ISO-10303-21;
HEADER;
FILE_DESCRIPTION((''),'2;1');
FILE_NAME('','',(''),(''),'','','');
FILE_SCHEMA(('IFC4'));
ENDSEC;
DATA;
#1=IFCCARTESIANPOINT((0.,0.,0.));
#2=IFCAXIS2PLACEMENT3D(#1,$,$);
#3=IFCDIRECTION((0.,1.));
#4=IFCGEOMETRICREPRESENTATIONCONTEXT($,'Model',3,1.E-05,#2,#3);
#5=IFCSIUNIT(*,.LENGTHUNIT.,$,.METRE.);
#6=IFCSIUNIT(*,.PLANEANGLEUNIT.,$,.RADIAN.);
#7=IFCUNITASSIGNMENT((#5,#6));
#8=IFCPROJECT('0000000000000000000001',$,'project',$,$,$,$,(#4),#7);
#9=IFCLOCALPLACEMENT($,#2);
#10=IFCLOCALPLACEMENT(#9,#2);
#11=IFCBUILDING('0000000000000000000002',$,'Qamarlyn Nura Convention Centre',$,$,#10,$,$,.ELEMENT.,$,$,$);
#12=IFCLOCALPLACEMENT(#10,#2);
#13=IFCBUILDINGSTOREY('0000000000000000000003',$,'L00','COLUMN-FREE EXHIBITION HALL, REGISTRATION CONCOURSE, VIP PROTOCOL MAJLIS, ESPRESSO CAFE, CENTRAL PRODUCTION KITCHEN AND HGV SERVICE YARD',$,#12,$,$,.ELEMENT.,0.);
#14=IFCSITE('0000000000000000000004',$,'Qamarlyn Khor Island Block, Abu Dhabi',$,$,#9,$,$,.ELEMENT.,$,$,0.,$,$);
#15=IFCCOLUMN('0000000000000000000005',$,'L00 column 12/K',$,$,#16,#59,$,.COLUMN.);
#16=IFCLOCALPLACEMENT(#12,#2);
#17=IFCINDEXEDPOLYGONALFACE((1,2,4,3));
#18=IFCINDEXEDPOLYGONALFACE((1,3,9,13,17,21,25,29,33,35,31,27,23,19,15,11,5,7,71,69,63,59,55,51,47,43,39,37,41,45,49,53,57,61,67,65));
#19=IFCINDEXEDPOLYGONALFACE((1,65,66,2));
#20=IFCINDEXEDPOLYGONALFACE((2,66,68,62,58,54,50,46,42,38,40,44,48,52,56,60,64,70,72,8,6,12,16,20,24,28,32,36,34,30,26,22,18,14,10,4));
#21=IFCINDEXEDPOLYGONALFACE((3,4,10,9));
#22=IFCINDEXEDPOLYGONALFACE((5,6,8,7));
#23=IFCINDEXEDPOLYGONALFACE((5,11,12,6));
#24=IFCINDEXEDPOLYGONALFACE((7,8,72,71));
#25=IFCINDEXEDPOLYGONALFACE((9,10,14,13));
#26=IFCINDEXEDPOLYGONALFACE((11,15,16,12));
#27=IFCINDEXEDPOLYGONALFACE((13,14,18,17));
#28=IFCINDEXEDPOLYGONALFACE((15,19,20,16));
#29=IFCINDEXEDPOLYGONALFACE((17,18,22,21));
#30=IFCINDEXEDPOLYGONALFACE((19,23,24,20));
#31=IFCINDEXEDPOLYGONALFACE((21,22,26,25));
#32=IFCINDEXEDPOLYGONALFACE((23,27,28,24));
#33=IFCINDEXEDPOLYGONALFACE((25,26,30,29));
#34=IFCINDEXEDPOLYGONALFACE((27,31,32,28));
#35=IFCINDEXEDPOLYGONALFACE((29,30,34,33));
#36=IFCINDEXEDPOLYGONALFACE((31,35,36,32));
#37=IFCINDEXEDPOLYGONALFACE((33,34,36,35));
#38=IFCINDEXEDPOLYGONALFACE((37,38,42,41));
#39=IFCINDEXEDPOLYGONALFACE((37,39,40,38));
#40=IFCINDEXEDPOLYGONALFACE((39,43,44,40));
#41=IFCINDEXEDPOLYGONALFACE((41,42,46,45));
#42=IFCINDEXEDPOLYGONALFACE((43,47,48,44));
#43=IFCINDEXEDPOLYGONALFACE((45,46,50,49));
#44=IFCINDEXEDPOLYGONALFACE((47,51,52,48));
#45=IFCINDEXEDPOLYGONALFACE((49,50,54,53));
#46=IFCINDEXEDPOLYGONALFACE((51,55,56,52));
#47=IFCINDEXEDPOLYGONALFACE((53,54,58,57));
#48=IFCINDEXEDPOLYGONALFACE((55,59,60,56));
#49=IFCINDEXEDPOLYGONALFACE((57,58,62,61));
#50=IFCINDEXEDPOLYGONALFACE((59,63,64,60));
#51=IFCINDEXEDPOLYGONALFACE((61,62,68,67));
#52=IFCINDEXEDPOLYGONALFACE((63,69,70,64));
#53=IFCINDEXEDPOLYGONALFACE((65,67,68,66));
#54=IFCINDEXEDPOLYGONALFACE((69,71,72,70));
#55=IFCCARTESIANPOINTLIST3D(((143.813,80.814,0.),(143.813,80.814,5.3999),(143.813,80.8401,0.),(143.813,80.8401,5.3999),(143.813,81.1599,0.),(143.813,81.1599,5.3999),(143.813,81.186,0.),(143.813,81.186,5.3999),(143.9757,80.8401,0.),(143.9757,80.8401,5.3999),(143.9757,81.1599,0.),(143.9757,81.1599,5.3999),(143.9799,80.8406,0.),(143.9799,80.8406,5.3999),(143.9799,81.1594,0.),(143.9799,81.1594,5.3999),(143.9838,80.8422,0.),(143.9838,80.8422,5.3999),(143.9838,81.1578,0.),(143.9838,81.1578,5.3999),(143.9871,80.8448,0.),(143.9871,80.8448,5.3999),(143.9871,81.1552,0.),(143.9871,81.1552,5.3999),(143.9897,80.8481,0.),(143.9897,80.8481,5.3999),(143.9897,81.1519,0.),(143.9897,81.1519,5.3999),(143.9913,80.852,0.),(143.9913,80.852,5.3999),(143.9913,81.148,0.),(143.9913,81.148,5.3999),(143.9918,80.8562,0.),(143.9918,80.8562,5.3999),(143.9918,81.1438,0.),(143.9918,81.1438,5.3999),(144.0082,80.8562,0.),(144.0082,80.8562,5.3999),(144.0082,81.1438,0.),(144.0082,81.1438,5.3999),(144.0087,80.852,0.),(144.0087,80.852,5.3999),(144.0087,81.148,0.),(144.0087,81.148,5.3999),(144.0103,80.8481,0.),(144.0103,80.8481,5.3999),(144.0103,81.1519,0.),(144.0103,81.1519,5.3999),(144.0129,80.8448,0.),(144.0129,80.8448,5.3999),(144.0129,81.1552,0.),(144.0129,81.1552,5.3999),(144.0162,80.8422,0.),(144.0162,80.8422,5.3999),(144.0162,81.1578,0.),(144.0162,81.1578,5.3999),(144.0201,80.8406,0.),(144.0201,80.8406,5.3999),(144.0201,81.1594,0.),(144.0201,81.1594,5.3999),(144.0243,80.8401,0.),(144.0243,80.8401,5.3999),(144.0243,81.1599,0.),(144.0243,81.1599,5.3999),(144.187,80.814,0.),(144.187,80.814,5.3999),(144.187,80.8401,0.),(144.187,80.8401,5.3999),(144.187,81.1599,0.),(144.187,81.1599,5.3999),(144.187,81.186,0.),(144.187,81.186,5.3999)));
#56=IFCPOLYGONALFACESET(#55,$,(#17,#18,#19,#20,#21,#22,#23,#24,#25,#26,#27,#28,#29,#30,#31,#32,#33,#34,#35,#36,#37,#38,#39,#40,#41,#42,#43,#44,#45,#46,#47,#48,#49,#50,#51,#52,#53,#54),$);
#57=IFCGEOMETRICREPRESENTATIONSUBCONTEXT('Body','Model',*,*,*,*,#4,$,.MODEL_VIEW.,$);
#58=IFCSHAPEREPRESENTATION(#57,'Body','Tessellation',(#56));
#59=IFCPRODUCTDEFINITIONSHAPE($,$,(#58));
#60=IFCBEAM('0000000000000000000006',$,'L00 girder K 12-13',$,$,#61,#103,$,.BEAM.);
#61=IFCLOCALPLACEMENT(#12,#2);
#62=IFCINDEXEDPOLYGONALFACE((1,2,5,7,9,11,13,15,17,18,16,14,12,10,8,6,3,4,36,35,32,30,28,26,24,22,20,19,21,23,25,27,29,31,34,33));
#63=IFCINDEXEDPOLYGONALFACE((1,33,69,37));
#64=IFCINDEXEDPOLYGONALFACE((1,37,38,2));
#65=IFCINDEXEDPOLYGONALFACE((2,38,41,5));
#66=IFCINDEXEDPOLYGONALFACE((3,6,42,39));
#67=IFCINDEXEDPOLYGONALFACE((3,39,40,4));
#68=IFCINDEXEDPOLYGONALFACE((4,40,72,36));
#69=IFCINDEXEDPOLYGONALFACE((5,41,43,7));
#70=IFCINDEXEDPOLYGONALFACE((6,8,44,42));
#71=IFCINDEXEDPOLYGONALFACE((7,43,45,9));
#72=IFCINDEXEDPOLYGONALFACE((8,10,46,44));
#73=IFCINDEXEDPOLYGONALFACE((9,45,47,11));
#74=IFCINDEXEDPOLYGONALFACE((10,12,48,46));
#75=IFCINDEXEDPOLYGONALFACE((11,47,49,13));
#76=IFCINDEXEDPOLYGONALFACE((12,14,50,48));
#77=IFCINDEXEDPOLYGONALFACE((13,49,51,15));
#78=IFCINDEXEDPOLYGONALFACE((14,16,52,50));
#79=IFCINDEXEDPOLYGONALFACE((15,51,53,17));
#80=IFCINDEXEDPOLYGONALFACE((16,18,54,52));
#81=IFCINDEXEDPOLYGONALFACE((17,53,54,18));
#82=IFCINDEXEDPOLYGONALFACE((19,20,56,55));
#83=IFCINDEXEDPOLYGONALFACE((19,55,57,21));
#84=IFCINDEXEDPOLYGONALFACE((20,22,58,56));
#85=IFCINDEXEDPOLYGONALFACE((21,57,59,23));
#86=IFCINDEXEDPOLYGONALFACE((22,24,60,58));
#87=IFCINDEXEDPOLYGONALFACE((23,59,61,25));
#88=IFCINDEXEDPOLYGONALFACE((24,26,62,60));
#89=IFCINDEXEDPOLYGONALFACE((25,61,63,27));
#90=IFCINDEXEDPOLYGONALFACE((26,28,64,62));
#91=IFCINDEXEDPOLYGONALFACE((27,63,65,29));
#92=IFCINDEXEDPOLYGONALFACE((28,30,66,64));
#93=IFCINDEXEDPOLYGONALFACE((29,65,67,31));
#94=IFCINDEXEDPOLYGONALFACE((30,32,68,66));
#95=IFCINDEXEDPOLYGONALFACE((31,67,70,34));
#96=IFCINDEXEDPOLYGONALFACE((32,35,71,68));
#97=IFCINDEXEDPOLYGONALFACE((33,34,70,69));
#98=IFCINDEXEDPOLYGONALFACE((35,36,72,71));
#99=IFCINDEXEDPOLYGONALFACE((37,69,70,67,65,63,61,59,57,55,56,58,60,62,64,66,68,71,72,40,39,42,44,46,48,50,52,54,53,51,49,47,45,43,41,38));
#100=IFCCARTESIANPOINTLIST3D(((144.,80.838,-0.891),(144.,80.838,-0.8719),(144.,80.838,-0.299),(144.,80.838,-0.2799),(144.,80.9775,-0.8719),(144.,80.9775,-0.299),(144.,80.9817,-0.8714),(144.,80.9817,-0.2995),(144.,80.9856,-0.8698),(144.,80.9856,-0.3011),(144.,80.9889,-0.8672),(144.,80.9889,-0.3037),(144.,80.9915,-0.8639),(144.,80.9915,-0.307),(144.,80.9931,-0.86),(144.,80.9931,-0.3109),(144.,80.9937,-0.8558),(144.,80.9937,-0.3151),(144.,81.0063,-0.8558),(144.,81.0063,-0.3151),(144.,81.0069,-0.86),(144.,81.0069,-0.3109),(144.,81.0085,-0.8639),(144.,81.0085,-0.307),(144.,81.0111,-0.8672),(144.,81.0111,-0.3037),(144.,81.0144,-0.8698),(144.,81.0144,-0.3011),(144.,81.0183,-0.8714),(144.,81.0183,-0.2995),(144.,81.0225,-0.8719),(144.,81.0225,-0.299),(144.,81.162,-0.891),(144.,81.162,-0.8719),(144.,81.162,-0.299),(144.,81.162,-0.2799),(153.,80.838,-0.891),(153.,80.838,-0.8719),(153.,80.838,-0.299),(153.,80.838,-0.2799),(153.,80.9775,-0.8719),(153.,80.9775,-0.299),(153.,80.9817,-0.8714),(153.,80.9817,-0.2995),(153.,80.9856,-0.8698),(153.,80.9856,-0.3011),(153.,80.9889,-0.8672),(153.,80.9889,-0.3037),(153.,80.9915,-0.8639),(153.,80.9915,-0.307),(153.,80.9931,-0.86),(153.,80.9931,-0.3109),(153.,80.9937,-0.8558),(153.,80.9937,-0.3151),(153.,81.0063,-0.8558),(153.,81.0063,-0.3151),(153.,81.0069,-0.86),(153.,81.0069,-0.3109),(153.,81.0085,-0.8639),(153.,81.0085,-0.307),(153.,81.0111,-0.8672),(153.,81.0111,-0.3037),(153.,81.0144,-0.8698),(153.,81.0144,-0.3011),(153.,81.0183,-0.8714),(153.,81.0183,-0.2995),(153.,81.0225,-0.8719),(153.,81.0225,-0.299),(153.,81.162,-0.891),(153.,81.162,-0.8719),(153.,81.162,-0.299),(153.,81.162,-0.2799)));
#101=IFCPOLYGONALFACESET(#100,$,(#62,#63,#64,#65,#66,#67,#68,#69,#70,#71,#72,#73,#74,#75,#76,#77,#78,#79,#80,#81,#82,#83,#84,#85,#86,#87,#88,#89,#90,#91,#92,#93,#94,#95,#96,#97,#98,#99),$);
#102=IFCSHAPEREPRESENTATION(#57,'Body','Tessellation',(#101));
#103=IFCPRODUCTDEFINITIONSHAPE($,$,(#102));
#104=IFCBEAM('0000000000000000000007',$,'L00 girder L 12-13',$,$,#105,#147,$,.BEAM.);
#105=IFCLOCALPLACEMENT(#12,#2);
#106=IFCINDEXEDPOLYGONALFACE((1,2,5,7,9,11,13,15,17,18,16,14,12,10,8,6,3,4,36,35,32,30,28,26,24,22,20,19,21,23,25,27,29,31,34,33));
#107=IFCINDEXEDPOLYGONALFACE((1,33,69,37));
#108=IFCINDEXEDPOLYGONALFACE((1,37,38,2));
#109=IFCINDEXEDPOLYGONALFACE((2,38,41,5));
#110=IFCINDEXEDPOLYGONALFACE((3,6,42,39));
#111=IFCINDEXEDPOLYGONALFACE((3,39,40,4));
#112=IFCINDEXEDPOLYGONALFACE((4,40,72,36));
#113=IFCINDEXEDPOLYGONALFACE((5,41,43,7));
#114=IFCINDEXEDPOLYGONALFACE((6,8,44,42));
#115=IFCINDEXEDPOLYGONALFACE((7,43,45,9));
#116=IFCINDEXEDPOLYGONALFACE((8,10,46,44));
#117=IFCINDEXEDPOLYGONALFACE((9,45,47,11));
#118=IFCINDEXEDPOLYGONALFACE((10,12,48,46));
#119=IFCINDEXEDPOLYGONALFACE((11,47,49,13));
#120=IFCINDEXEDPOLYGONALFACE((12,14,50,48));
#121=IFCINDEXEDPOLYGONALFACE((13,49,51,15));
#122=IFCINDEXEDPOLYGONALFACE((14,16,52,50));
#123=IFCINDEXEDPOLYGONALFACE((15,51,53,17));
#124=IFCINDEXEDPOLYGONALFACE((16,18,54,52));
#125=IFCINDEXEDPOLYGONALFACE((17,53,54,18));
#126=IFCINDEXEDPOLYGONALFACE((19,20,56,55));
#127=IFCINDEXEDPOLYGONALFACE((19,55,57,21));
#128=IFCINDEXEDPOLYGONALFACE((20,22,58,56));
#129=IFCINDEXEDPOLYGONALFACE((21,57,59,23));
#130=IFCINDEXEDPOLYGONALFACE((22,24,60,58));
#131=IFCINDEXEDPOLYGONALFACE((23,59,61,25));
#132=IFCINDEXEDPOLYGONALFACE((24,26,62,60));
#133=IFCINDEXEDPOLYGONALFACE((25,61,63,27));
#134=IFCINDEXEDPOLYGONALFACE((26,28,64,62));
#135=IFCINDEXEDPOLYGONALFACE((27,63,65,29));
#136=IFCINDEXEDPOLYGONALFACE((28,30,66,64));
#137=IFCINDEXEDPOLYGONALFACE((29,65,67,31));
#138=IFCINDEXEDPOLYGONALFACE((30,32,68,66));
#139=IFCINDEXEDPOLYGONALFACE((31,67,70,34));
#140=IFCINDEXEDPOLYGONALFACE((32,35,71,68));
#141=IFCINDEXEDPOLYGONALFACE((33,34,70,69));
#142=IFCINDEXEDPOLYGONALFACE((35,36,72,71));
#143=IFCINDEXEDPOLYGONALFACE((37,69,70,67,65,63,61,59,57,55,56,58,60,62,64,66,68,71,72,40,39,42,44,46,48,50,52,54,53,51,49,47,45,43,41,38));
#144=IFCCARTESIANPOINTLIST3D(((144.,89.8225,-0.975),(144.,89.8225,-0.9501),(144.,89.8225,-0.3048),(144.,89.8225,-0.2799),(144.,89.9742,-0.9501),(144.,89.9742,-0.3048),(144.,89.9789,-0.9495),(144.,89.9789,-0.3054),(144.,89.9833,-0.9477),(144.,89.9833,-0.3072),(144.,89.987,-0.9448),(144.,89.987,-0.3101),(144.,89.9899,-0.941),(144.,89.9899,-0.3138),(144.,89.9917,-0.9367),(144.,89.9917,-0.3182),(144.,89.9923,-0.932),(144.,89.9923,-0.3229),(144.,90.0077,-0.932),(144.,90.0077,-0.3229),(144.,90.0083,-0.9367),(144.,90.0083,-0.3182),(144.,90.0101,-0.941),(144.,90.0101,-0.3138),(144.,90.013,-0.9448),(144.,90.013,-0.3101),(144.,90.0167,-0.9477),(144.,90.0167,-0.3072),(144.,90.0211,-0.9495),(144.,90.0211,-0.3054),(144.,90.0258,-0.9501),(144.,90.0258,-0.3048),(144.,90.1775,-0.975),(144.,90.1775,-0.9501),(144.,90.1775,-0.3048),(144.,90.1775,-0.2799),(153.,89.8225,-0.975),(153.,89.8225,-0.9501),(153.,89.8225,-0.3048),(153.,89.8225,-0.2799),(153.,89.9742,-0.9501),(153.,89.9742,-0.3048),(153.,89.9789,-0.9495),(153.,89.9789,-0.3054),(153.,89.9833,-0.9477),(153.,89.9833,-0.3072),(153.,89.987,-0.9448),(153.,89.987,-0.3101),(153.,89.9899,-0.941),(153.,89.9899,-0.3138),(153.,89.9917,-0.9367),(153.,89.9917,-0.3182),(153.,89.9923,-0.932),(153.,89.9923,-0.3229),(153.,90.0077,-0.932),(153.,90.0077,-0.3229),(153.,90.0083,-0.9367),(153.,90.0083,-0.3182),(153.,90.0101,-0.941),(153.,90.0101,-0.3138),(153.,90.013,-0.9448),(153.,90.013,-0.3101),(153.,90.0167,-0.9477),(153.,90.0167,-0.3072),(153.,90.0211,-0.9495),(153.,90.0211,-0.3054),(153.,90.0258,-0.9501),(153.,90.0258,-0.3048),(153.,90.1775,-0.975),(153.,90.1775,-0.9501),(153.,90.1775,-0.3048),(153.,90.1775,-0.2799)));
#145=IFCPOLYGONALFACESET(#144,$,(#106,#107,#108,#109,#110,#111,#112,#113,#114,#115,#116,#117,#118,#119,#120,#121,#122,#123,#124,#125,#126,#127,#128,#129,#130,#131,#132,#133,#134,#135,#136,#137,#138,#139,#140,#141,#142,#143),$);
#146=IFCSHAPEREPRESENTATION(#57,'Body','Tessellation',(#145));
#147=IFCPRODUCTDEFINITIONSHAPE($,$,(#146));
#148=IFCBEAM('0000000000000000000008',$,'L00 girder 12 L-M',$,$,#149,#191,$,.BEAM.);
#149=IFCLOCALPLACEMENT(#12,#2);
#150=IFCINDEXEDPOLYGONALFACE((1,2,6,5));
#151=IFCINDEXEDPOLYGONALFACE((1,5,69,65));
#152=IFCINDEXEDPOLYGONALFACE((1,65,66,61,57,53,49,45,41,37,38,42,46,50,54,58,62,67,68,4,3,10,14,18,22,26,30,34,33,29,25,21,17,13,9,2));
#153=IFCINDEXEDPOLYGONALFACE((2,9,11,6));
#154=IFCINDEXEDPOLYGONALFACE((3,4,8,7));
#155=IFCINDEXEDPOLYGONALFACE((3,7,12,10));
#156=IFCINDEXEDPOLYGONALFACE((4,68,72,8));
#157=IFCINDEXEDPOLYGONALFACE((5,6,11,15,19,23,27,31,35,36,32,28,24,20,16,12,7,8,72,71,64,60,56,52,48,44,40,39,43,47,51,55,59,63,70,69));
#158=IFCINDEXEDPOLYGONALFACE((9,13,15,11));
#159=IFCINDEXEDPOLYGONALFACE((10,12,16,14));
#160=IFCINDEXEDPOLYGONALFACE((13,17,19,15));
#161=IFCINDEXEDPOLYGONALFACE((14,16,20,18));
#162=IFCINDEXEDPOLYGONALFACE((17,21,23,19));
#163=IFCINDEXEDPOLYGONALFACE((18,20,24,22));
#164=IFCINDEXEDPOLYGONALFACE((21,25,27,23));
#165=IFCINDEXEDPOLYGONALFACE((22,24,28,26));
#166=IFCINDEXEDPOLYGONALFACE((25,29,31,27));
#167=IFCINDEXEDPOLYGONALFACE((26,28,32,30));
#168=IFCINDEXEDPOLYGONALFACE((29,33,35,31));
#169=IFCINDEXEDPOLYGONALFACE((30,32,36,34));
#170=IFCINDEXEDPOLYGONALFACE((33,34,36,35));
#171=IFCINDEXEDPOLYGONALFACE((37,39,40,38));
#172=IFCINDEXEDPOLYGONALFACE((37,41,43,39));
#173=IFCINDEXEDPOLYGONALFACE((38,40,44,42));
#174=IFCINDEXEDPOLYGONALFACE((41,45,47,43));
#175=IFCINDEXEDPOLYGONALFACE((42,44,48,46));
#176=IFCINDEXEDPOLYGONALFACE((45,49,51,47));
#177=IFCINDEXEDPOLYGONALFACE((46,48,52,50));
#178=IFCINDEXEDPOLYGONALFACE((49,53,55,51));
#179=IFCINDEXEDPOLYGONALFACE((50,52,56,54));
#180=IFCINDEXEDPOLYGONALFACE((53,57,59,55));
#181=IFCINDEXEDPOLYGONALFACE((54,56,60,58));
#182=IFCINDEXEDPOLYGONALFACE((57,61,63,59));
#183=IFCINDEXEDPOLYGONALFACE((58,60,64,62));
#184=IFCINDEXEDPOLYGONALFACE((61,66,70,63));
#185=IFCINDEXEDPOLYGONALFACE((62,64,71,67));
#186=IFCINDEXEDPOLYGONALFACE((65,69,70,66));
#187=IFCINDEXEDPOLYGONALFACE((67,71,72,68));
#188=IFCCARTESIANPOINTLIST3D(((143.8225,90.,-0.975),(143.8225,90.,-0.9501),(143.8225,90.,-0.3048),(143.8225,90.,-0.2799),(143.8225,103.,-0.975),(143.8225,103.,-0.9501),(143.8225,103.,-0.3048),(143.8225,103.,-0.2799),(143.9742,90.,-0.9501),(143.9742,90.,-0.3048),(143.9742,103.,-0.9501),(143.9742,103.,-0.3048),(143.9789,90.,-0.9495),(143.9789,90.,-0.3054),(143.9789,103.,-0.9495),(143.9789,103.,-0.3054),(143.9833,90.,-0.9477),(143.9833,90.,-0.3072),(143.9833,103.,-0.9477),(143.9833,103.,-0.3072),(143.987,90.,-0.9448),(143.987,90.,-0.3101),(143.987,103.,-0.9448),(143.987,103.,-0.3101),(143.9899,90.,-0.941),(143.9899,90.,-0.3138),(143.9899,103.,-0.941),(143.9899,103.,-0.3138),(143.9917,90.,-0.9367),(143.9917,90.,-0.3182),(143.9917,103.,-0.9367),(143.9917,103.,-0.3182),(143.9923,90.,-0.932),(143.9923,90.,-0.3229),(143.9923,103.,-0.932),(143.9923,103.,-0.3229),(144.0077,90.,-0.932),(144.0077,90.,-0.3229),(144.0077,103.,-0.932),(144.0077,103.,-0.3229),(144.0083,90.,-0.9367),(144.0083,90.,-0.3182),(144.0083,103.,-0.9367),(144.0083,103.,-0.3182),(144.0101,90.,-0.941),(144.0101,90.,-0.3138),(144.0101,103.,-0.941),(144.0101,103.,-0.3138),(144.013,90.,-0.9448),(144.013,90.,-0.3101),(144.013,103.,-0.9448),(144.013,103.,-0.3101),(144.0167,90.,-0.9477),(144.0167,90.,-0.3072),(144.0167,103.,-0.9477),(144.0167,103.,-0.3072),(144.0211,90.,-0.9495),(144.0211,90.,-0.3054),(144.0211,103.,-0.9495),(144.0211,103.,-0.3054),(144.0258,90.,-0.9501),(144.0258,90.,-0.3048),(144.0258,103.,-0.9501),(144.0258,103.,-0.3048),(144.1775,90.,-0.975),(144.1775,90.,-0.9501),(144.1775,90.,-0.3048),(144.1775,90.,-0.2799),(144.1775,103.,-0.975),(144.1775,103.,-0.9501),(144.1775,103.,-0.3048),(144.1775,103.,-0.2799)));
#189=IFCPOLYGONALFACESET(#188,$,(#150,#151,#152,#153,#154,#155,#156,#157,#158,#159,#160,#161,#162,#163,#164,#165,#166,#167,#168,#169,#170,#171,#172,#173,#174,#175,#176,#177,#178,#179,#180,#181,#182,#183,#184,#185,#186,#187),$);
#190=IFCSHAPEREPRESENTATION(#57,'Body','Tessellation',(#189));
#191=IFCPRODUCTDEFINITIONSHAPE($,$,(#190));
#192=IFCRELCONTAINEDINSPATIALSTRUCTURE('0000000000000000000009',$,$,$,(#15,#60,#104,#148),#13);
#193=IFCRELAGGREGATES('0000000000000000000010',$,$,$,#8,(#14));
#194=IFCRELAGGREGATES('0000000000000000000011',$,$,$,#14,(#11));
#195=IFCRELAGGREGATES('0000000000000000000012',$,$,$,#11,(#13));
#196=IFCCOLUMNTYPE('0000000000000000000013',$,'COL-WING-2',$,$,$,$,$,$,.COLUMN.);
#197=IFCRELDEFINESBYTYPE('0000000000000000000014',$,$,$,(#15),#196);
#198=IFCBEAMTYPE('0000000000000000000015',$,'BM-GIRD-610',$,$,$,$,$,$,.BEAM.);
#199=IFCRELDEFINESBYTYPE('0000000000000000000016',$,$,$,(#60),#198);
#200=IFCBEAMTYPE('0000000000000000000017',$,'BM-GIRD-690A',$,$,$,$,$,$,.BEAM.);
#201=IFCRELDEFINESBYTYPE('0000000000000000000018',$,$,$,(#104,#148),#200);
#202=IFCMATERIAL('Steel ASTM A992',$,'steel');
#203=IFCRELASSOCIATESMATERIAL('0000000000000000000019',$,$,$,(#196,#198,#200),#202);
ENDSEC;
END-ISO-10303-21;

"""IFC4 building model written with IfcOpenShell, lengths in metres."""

from ifc_helpers import new_model, si_unit, direction, frame, origin, origin_2d, place, context, subcontext, project, spatial, i_section, extrude, material, material_profile, profile_set, type_object, element, save


model = new_model("IFC4")

# Units and contexts
model_context = context("Model", 3, precision=1e-05, world=origin(), true_north=direction((0.0, 1.0)))
body_context = subcontext(model_context, "Body", "Model", "MODEL_VIEW")
ifc_project = project(units=[si_unit("LENGTHUNIT", "METRE"), si_unit("PLANEANGLEUNIT", "RADIAN")], contexts=[model_context])

# Site, building, storey
site_placement = place(None, origin())
site = spatial("IfcSite", under=ifc_project, at=site_placement, Name="Qamarlyn Khor Island Block, Abu Dhabi", CompositionType="ELEMENT", RefElevation=0.0)
building_placement = place(site_placement, origin())
building = spatial("IfcBuilding", under=site, at=building_placement, Name="Qamarlyn Nura Convention Centre", CompositionType="ELEMENT")
storey_placement = place(building_placement, origin())
storey = spatial("IfcBuildingStorey", under=building, at=storey_placement, Name="L00", Description="COLUMN-FREE EXHIBITION HALL, REGISTRATION CONCOURSE, VIP PROTOCOL MAJLIS, ESPRESSO CAFE, CENTRAL PRODUCTION KITCHEN AND HGV SERVICE YARD", CompositionType="ELEMENT", Elevation=0.0)

# Column
ifc_material_1 = material(Name="Steel ASTM A992", Category="steel")
ifc_material_profile_1 = material_profile(ifc_material_1, i_section(OverallWidth=0.374, OverallDepth=0.3721, WebThickness=0.0164, FlangeThickness=0.0261, FilletRadius=0.0161, at=origin_2d()), Name="W360X196")
ifc_profile_set_1 = profile_set([ifc_material_profile_1], Name="Steel ASTM A992")
column_type_1 = type_object("IfcColumnType", Name="COL-WING-2", PredefinedType="COLUMN", material=ifc_profile_set_1)
column_1_placement = place(storey_placement, frame((144.0, 81.0, 0.0), z_axis=(0.0, 0.0, 1.0), x_axis=(1.0, 0.0, 0.0)))
element("IfcColumn", 1, at=column_1_placement, inside=storey, type_object=column_type_1, Name="L00 column 12/K", PredefinedType="COLUMN", context=body_context, shape_type="SweptSolid", body=[
    extrude(i_section(OverallWidth=0.374, OverallDepth=0.3721, WebThickness=0.0164, FlangeThickness=0.0261, FilletRadius=0.0161, at=origin_2d()), origin(), (0.0, 0.0, 1.0), 5.3999),
])

# Beams
ifc_material_profile_2 = material_profile(ifc_material_1, i_section(OverallWidth=0.324, OverallDepth=0.6111, WebThickness=0.0127, FlangeThickness=0.019, FilletRadius=0.0161, at=origin_2d()), Name="W610X155")
ifc_profile_set_2 = profile_set([ifc_material_profile_2], Name="Steel ASTM A992")
beam_type_1 = type_object("IfcBeamType", Name="BM-GIRD-610", PredefinedType="BEAM", material=ifc_profile_set_2)
beam_1_placement = place(storey_placement, frame((144.0, 81.0, -0.5854), z_axis=(1.0, 0.0, 0.0), x_axis=(0.0, 1.0, 0.0)))
element("IfcBeam", 2, at=beam_1_placement, inside=storey, type_object=beam_type_1, Name="L00 girder K 12-13", PredefinedType="BEAM", context=body_context, shape_type="SweptSolid", body=[
    extrude(i_section(OverallWidth=0.324, OverallDepth=0.6111, WebThickness=0.0127, FlangeThickness=0.019, FilletRadius=0.0161, at=origin_2d()), origin(), (0.0, 0.0, 1.0), 9.0),
])
ifc_material_profile_3 = material_profile(ifc_material_1, i_section(OverallWidth=0.355, OverallDepth=0.6951, WebThickness=0.0154, FlangeThickness=0.0249, FilletRadius=0.0181, at=origin_2d()), Name="W690X217")
ifc_profile_set_3 = profile_set([ifc_material_profile_3], Name="Steel ASTM A992")
beam_type_2 = type_object("IfcBeamType", Name="BM-GIRD-690A", PredefinedType="BEAM", material=ifc_profile_set_3)
beam_2_placement = place(storey_placement, frame((144.0, 90.0, -0.6274), z_axis=(1.0, 0.0, 0.0), x_axis=(0.0, 1.0, 0.0)))
element("IfcBeam", 3, at=beam_2_placement, inside=storey, type_object=beam_type_2, Name="L00 girder L 12-13", PredefinedType="BEAM", context=body_context, shape_type="SweptSolid", body=[
    extrude(i_section(OverallWidth=0.355, OverallDepth=0.6951, WebThickness=0.0154, FlangeThickness=0.0249, FilletRadius=0.0181, at=origin_2d()), origin(), (0.0, 0.0, 1.0), 9.0),
])
beam_3_placement = place(storey_placement, frame((144.0, 90.0, -0.6274), z_axis=(0.0, 1.0, 0.0), x_axis=(-1.0, 0.0, 0.0)))
element("IfcBeam", 4, at=beam_3_placement, inside=storey, type_object=beam_type_2, Name="L00 girder 12 L-M", PredefinedType="BEAM", context=body_context, shape_type="SweptSolid", body=[
    extrude(i_section(OverallWidth=0.355, OverallDepth=0.6951, WebThickness=0.0154, FlangeThickness=0.0249, FilletRadius=0.0181, at=origin_2d()), origin(), (0.0, 0.0, 1.0), 13.0),
])

save(model, "model.ifc")
